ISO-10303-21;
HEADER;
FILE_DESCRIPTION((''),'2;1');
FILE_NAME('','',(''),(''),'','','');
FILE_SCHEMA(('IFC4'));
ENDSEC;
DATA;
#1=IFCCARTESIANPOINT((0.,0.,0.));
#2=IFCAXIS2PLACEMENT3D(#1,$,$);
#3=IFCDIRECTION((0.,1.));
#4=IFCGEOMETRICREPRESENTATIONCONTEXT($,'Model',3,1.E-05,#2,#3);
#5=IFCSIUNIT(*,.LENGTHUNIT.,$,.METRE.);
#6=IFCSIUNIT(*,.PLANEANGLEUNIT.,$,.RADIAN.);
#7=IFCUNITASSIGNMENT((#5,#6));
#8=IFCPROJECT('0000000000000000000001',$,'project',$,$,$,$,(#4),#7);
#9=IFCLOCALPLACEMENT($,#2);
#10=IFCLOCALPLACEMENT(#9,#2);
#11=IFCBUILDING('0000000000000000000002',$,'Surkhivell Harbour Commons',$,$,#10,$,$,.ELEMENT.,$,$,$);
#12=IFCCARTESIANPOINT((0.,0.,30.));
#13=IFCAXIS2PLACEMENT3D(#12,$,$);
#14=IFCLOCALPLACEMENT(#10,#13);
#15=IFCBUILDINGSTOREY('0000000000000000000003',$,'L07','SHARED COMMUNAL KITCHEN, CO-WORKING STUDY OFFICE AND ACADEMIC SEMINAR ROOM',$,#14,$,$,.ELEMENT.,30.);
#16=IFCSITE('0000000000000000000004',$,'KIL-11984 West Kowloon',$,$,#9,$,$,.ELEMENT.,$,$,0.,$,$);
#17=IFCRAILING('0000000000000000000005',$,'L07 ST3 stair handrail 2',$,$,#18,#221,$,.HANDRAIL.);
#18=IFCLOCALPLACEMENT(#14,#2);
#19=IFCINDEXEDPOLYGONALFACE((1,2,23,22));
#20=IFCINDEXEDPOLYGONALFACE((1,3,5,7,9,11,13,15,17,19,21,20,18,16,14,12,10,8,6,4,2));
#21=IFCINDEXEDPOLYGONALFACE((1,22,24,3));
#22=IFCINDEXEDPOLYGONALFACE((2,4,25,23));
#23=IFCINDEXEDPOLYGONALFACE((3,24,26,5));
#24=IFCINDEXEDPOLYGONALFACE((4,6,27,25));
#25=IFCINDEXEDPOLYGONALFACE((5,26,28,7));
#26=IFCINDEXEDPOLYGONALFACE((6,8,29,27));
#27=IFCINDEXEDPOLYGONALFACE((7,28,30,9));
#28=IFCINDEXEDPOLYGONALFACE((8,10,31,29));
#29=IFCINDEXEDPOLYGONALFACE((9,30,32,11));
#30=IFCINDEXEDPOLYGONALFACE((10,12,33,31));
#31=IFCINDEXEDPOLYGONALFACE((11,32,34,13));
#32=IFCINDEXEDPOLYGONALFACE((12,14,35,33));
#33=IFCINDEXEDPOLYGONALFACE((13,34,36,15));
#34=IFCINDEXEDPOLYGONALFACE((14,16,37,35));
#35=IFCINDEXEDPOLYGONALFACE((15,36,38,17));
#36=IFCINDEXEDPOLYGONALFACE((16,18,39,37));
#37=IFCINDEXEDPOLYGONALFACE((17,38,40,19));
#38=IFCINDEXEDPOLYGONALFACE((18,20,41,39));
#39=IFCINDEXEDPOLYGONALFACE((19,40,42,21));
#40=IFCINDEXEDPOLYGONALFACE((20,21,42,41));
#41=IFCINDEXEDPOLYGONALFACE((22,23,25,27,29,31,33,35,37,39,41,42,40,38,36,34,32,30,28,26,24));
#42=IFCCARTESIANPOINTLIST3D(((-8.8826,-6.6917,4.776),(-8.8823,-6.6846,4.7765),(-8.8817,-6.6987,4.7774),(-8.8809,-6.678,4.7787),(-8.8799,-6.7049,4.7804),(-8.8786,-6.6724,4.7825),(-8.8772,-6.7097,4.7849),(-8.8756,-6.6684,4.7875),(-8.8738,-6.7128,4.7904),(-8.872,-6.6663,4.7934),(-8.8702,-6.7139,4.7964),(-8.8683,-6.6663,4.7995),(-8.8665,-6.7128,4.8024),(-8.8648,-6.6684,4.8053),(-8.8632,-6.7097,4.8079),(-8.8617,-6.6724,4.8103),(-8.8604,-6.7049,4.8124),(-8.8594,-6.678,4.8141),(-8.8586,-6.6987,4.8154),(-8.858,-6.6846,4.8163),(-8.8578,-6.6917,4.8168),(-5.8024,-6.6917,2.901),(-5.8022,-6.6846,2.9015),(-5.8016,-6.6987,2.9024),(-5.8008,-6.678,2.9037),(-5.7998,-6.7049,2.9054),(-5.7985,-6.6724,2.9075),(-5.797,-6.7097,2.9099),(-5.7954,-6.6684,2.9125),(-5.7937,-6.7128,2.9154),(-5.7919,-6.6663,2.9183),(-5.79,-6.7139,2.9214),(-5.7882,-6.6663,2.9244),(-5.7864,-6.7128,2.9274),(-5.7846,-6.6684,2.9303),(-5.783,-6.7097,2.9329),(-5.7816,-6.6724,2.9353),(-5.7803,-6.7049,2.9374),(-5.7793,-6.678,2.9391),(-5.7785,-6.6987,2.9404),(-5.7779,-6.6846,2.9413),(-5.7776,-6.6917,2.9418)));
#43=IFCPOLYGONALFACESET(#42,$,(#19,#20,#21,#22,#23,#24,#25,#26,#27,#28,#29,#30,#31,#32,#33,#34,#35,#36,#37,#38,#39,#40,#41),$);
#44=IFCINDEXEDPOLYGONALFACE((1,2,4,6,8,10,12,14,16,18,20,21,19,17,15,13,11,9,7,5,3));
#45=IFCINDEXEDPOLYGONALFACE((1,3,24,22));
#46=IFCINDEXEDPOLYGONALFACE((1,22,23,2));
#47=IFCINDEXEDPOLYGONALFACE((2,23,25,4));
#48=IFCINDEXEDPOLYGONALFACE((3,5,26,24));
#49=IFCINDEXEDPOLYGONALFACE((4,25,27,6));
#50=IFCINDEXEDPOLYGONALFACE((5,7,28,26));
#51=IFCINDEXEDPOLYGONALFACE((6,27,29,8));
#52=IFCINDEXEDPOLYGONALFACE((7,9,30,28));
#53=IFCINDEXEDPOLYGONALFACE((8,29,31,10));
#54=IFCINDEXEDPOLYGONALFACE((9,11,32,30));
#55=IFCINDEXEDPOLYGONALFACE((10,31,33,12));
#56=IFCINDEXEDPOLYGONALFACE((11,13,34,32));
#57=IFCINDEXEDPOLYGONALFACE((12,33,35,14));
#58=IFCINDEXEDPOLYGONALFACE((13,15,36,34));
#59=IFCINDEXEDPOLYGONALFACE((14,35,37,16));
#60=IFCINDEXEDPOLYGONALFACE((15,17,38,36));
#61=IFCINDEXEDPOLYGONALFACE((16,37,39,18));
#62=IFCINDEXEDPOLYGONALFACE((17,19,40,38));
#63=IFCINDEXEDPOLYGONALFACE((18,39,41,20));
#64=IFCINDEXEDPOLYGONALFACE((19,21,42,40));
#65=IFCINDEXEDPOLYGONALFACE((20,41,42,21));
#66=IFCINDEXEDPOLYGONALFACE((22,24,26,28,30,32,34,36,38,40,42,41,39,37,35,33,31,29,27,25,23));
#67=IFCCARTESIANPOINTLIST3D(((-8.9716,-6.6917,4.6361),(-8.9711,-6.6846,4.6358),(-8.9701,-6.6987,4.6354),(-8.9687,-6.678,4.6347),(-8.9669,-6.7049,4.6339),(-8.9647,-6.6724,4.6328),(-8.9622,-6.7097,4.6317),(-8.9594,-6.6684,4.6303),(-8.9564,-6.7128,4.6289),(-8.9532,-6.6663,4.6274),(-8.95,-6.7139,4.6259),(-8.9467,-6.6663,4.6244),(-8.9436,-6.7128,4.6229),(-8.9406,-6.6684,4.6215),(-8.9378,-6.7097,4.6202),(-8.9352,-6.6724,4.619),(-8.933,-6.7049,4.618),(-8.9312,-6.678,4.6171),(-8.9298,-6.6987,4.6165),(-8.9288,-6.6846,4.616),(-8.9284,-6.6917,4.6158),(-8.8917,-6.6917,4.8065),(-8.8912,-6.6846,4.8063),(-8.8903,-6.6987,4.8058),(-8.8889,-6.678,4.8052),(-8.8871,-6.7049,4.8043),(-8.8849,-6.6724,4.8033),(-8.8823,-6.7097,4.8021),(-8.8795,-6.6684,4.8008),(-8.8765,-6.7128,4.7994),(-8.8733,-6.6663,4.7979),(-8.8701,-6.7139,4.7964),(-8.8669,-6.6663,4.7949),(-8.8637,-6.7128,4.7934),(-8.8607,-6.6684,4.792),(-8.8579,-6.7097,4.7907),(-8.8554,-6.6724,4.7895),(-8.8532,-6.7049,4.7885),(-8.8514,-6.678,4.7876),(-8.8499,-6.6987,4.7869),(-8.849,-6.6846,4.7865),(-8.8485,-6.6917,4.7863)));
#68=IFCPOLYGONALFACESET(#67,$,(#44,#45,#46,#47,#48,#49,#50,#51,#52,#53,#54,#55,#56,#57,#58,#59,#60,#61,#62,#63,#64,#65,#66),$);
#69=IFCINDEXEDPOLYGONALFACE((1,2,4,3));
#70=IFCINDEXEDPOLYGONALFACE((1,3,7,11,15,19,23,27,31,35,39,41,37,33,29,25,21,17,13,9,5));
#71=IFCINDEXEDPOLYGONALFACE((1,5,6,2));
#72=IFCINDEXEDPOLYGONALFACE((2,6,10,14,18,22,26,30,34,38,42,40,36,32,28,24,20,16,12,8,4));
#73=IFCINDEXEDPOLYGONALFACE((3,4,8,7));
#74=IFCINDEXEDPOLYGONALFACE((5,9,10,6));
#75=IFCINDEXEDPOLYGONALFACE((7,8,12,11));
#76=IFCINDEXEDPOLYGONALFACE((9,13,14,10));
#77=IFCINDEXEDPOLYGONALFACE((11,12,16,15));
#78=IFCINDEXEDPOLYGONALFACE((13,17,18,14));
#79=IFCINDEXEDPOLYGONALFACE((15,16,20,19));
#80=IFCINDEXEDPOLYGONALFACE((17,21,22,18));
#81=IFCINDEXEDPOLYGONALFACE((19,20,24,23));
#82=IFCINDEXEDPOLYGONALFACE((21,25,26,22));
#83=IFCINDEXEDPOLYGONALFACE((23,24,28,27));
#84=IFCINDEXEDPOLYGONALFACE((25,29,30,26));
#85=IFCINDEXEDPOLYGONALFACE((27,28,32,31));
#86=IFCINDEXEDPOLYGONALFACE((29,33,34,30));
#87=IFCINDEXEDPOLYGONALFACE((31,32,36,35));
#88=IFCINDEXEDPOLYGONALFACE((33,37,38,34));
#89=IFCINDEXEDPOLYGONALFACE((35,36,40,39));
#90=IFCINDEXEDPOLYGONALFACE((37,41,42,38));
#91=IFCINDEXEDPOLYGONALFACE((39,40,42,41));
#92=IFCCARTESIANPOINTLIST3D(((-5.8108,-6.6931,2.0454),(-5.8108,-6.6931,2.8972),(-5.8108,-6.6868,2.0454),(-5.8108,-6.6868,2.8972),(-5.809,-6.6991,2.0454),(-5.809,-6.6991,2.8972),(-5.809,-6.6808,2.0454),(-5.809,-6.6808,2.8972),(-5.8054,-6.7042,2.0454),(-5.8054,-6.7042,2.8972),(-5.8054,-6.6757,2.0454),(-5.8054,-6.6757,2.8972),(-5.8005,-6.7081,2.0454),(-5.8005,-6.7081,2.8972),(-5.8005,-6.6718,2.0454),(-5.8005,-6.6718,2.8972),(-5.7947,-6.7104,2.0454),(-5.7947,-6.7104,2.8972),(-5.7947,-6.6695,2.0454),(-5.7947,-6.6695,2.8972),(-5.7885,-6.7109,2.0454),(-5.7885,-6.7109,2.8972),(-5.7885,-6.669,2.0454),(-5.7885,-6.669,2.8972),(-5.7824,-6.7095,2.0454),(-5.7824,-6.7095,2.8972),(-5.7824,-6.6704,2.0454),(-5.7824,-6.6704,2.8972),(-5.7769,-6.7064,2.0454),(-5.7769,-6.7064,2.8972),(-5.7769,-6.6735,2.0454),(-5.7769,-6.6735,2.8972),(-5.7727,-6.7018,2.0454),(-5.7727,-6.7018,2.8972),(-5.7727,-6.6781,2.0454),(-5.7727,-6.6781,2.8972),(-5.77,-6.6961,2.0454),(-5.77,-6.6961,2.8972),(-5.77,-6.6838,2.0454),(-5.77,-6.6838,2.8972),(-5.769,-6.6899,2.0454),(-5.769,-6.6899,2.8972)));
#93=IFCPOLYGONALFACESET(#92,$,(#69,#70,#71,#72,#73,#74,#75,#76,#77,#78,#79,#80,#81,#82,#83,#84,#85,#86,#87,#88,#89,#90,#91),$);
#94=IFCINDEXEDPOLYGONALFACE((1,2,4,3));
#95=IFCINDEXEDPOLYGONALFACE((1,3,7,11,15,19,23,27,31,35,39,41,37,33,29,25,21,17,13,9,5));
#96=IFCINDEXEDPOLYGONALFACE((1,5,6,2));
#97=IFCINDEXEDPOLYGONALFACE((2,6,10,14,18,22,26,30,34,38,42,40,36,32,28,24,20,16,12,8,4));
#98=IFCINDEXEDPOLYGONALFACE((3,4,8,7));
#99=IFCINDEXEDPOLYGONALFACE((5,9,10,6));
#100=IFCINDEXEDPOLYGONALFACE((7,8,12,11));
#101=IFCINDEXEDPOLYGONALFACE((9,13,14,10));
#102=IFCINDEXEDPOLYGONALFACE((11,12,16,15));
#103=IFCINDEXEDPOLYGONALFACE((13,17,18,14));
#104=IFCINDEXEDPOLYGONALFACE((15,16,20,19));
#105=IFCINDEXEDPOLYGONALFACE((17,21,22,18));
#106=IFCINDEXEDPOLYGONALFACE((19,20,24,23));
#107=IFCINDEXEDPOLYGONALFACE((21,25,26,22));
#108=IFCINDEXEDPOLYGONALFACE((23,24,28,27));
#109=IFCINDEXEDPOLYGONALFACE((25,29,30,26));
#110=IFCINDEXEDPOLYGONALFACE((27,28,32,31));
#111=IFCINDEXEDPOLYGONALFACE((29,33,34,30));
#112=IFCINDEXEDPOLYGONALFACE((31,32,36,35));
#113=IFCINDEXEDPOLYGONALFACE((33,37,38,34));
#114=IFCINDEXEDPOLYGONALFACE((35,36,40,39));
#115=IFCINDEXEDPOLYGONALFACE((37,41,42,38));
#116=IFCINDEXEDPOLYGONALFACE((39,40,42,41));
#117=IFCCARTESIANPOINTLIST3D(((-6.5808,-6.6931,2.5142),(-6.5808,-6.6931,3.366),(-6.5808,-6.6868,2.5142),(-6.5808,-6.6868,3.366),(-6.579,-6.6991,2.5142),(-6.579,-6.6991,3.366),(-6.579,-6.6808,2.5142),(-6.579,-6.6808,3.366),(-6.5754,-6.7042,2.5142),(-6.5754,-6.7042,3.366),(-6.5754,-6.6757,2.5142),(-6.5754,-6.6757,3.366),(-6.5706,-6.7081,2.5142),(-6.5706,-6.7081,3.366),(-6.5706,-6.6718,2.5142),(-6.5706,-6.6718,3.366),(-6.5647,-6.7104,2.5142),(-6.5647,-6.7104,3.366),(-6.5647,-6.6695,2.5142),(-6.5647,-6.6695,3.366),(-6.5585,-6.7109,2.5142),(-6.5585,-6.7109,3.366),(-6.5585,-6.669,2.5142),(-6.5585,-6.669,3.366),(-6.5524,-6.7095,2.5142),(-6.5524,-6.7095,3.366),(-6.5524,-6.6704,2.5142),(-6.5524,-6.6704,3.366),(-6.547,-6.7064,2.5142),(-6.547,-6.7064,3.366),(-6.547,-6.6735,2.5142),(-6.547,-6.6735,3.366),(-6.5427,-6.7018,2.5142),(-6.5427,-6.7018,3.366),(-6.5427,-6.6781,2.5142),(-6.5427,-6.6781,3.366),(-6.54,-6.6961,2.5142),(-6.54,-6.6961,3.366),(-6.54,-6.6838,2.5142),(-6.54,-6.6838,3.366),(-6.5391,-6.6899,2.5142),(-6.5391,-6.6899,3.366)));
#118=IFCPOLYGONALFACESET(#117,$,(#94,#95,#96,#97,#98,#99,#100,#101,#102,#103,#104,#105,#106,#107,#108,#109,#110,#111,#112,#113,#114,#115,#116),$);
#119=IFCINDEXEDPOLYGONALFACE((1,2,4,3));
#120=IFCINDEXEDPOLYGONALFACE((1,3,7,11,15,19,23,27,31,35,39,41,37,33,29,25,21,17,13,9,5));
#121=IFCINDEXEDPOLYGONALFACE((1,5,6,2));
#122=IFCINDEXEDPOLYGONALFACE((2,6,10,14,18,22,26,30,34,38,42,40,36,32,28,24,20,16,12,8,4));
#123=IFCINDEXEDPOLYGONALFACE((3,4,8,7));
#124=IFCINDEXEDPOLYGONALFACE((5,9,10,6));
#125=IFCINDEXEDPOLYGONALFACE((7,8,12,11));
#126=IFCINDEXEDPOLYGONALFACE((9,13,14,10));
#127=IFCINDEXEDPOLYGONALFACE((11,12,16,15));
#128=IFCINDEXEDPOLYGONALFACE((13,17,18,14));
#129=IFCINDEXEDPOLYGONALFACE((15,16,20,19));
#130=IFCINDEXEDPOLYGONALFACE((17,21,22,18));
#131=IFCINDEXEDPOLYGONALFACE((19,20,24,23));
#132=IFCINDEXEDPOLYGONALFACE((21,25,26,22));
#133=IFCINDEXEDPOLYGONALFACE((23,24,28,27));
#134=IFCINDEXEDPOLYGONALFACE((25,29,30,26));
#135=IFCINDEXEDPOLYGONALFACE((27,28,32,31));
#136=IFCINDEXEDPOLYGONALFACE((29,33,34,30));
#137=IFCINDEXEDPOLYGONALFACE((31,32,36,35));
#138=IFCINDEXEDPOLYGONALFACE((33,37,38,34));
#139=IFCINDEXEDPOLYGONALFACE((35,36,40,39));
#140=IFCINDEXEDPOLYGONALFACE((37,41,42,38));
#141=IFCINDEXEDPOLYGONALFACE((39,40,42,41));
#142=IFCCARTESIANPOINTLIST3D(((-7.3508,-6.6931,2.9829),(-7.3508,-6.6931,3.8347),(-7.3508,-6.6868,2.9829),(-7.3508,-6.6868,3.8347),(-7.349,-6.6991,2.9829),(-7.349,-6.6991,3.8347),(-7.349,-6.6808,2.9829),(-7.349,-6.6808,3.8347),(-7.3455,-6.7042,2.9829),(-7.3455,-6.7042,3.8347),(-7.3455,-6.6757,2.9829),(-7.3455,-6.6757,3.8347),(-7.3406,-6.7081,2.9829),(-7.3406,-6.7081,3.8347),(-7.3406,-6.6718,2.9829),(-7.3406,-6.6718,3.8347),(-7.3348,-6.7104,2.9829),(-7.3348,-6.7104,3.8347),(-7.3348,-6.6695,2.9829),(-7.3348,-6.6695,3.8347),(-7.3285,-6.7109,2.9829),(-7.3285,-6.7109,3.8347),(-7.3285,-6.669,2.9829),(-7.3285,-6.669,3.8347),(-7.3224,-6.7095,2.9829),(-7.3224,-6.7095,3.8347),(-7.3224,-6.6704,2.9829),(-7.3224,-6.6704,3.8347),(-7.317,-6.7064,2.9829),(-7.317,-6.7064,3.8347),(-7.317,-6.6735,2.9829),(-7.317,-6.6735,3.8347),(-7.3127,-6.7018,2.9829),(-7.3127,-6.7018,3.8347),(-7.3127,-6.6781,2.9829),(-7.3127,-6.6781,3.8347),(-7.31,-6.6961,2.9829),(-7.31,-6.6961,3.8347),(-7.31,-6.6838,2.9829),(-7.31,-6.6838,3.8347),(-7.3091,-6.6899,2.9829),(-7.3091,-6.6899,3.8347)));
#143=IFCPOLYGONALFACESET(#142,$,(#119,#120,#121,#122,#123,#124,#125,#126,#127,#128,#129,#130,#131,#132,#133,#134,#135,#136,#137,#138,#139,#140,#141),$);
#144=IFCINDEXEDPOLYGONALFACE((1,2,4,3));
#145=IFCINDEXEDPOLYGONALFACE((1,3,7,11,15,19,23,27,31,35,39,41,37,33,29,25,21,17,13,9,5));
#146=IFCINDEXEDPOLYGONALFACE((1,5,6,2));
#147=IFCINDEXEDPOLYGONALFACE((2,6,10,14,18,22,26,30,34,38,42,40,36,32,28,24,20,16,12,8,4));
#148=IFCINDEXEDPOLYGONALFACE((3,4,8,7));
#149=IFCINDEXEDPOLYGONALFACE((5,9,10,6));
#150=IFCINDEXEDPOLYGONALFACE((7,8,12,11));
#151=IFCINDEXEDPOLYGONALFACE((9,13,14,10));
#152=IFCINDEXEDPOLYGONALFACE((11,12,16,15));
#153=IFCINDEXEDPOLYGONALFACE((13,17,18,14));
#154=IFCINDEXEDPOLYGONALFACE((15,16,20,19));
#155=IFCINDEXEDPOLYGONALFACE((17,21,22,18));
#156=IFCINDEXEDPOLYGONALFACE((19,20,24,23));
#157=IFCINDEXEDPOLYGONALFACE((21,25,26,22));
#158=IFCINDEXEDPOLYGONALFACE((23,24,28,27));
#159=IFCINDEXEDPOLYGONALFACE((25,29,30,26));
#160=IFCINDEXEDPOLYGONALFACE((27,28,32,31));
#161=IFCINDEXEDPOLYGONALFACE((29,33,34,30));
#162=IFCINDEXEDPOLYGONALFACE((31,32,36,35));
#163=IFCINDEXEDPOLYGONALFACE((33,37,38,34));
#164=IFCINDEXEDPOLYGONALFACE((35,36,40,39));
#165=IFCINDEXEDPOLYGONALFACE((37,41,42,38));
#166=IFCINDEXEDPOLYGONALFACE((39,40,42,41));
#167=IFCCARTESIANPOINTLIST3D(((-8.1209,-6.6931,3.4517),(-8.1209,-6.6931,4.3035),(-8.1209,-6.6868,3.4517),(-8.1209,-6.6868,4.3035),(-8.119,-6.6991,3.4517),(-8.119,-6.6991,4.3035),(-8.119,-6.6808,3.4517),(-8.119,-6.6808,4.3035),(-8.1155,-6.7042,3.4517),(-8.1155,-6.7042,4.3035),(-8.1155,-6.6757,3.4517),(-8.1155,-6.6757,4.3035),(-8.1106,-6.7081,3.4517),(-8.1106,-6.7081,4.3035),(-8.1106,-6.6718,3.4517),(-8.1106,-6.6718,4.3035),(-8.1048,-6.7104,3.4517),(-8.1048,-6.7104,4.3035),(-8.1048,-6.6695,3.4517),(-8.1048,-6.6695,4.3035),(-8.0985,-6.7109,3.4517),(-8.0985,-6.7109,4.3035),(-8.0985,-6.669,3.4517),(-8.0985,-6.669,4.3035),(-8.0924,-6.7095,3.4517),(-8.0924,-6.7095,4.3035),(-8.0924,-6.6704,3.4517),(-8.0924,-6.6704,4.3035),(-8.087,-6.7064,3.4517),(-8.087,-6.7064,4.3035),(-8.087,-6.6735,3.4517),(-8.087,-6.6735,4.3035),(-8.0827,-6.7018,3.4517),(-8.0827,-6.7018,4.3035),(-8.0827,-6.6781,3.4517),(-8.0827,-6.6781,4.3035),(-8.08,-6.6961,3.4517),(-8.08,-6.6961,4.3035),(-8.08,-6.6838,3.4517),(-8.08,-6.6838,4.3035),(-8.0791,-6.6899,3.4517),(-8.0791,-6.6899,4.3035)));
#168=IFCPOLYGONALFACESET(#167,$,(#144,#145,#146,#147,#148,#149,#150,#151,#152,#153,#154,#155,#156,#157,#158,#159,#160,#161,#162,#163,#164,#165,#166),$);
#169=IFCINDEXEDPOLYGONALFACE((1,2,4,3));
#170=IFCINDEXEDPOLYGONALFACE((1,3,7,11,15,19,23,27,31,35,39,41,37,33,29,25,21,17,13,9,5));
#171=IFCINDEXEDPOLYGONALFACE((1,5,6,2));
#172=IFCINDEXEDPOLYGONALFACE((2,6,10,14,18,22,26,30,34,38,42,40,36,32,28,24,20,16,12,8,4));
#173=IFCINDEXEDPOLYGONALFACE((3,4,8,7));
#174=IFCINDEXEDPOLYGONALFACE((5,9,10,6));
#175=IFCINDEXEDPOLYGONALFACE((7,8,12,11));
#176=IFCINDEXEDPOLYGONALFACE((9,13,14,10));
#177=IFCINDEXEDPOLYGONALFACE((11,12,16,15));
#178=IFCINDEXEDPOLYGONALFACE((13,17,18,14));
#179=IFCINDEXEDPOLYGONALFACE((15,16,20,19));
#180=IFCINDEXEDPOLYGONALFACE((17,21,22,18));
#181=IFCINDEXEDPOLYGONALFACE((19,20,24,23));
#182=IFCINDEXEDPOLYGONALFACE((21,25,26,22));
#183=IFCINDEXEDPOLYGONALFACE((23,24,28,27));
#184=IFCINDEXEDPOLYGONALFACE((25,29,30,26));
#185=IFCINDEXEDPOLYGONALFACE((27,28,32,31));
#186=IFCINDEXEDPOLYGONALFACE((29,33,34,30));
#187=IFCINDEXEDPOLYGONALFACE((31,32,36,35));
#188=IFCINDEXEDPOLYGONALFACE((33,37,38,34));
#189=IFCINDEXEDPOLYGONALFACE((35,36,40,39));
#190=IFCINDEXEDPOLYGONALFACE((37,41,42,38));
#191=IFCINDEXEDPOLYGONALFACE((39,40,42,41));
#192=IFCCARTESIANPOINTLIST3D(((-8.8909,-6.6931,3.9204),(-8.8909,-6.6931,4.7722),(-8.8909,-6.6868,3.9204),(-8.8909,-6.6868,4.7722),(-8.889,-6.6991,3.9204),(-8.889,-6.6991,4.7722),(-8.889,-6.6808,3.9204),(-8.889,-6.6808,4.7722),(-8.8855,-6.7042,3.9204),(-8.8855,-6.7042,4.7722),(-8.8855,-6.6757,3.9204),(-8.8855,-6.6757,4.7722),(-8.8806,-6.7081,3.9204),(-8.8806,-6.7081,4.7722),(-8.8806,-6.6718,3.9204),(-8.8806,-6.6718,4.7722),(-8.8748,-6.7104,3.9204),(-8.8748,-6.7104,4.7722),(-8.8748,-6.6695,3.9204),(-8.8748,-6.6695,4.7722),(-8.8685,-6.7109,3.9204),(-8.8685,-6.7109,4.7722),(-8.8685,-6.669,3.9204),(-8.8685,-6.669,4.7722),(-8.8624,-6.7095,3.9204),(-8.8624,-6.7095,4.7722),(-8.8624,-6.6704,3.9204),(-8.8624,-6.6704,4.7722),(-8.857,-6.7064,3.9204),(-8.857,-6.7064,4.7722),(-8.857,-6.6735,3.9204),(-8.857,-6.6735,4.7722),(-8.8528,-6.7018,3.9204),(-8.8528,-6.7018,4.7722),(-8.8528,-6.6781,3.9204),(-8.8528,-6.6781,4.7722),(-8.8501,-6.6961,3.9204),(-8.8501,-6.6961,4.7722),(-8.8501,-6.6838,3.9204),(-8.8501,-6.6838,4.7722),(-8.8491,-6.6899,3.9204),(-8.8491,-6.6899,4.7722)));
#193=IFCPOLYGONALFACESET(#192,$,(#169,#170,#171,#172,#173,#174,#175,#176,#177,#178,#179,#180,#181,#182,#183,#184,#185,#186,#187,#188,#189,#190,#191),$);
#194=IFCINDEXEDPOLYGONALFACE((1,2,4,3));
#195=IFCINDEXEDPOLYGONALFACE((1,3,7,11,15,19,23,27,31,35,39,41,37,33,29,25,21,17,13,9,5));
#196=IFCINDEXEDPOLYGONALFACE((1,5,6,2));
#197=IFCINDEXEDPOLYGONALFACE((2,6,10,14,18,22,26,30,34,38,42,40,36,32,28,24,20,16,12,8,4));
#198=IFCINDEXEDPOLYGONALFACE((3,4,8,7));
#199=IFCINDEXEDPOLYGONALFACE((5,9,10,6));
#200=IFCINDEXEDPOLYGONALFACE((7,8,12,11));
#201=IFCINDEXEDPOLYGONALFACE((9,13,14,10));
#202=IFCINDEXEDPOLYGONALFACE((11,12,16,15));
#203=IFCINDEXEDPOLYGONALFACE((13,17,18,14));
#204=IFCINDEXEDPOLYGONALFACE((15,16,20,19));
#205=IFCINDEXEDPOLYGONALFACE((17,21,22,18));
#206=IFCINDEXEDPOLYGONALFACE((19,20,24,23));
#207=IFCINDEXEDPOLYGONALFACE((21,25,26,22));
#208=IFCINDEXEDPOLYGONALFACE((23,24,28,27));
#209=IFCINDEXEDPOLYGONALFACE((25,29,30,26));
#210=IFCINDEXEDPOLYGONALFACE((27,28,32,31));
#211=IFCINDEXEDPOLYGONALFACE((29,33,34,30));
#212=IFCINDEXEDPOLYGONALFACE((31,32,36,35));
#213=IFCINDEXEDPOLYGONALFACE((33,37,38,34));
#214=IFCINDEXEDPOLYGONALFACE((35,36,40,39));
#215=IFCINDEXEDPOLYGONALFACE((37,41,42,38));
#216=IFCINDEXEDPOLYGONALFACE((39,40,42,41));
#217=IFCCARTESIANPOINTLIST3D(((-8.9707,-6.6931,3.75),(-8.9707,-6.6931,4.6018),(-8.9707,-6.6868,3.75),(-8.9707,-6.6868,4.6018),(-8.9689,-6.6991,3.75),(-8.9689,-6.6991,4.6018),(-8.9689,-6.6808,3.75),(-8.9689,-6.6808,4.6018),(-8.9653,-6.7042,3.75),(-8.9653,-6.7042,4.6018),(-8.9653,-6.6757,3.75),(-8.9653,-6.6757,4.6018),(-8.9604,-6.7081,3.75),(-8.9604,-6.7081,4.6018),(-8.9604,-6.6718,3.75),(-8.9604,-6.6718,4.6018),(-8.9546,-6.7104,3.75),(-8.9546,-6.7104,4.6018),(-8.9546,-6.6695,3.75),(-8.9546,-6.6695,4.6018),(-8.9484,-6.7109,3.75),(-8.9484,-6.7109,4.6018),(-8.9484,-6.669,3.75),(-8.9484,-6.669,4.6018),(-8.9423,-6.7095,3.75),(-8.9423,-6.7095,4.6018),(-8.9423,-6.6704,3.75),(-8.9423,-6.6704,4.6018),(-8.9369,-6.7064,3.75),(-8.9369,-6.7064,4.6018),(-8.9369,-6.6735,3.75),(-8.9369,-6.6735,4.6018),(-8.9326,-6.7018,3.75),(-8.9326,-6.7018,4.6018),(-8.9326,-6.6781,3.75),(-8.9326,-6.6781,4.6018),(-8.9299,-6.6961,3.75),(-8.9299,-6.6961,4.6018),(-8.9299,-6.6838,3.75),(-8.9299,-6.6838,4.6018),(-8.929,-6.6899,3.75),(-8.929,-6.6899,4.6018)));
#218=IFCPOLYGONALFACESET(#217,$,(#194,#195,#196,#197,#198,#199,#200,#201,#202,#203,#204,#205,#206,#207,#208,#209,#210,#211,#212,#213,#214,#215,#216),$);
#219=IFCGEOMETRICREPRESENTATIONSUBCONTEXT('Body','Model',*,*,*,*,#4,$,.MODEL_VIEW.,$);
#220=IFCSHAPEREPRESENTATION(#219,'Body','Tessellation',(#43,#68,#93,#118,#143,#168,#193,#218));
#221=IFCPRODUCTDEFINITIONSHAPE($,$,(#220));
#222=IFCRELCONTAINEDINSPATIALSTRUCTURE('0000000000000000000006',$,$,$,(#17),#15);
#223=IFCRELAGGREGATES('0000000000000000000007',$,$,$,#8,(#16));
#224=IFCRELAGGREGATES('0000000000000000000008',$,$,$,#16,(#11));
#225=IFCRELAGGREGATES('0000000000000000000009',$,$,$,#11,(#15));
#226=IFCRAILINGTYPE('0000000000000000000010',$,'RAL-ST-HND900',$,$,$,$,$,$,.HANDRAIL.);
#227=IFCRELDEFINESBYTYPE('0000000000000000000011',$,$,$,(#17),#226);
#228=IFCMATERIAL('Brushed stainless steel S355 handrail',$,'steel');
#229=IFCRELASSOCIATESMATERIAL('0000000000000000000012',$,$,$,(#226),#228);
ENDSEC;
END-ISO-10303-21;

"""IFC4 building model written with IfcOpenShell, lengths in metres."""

from ifc_helpers import new_model, si_unit, direction, frame, origin, origin_2d, place, context, subcontext, project, spatial, circle, extrude, material, type_object, element, save


model = new_model("IFC4")

# Units and contexts
model_context = context("Model", 3, precision=1e-05, world=origin(), true_north=direction((0.0, 1.0)))
body_context = subcontext(model_context, "Body", "Model", "MODEL_VIEW")
ifc_project = project(units=[si_unit("LENGTHUNIT", "METRE"), si_unit("PLANEANGLEUNIT", "RADIAN")], contexts=[model_context])

# Site, building, storey
site_placement = place(None, origin())
site = spatial("IfcSite", under=ifc_project, at=site_placement, Name="KIL-11984 West Kowloon", CompositionType="ELEMENT", RefElevation=0.0)
building_placement = place(site_placement, origin())
building = spatial("IfcBuilding", under=site, at=building_placement, Name="Surkhivell Harbour Commons", CompositionType="ELEMENT")
storey_placement = place(building_placement, frame((0.0, 0.0, 30.0)))
storey = spatial("IfcBuildingStorey", under=building, at=storey_placement, Name="L07", Description="SHARED COMMUNAL KITCHEN, CO-WORKING STUDY OFFICE AND ACADEMIC SEMINAR ROOM", CompositionType="ELEMENT", Elevation=30.0)

# Railing
ifc_material_1 = material(Name="Brushed stainless steel S355 handrail", Category="steel")
railing_type_1 = type_object("IfcRailingType", Name="RAL-ST-HND900", PredefinedType="HANDRAIL", material=ifc_material_1)
railing_1_placement = place(storey_placement, frame((-5.79, -6.6899, 2.0454)))
element("IfcRailing", 1, at=railing_1_placement, inside=storey, type_object=railing_type_1, Name="L07 ST3 stair handrail 2", PredefinedType="HANDRAIL", context=body_context, shape_type="SweptSolid", body=[
    extrude(circle(Radius=0.0239, at=origin_2d()), frame((0.0, 0.0, 0.876), z_axis=(-0.854178, 0.0, 0.519981), x_axis=(0.0, -1.0, 0.0)), (0.0, 0.0, 1.0), 3.606),
    extrude(circle(Radius=0.0239, at=origin_2d()), frame((-3.0801, 0.0, 2.751), z_axis=(-0.424234, 0.0, -0.905552), x_axis=(0.0, -1.0, 0.0)), (0.0, 0.0, 1.0), 0.1882),
    extrude(circle(Radius=0.021, at=origin_2d()), origin(), (0.0, 0.0, 1.0), 0.8518),
    extrude(circle(Radius=0.021, at=origin_2d()), frame((-0.77, 0.0, 0.4688)), (0.0, 0.0, 1.0), 0.8518),
    extrude(circle(Radius=0.021, at=origin_2d()), frame((-1.54, 0.0, 0.9375)), (0.0, 0.0, 1.0), 0.8518),
    extrude(circle(Radius=0.021, at=origin_2d()), frame((-2.3101, 0.0, 1.4062)), (0.0, 0.0, 1.0), 0.8518),
    extrude(circle(Radius=0.021, at=origin_2d()), frame((-3.0801, 0.0, 1.875)), (0.0, 0.0, 1.0), 0.8518),
    extrude(circle(Radius=0.021, at=origin_2d()), frame((-3.1599, 0.0, 1.7046)), (0.0, 0.0, 1.0), 0.8518),
])

save(model, "model.ifc")
